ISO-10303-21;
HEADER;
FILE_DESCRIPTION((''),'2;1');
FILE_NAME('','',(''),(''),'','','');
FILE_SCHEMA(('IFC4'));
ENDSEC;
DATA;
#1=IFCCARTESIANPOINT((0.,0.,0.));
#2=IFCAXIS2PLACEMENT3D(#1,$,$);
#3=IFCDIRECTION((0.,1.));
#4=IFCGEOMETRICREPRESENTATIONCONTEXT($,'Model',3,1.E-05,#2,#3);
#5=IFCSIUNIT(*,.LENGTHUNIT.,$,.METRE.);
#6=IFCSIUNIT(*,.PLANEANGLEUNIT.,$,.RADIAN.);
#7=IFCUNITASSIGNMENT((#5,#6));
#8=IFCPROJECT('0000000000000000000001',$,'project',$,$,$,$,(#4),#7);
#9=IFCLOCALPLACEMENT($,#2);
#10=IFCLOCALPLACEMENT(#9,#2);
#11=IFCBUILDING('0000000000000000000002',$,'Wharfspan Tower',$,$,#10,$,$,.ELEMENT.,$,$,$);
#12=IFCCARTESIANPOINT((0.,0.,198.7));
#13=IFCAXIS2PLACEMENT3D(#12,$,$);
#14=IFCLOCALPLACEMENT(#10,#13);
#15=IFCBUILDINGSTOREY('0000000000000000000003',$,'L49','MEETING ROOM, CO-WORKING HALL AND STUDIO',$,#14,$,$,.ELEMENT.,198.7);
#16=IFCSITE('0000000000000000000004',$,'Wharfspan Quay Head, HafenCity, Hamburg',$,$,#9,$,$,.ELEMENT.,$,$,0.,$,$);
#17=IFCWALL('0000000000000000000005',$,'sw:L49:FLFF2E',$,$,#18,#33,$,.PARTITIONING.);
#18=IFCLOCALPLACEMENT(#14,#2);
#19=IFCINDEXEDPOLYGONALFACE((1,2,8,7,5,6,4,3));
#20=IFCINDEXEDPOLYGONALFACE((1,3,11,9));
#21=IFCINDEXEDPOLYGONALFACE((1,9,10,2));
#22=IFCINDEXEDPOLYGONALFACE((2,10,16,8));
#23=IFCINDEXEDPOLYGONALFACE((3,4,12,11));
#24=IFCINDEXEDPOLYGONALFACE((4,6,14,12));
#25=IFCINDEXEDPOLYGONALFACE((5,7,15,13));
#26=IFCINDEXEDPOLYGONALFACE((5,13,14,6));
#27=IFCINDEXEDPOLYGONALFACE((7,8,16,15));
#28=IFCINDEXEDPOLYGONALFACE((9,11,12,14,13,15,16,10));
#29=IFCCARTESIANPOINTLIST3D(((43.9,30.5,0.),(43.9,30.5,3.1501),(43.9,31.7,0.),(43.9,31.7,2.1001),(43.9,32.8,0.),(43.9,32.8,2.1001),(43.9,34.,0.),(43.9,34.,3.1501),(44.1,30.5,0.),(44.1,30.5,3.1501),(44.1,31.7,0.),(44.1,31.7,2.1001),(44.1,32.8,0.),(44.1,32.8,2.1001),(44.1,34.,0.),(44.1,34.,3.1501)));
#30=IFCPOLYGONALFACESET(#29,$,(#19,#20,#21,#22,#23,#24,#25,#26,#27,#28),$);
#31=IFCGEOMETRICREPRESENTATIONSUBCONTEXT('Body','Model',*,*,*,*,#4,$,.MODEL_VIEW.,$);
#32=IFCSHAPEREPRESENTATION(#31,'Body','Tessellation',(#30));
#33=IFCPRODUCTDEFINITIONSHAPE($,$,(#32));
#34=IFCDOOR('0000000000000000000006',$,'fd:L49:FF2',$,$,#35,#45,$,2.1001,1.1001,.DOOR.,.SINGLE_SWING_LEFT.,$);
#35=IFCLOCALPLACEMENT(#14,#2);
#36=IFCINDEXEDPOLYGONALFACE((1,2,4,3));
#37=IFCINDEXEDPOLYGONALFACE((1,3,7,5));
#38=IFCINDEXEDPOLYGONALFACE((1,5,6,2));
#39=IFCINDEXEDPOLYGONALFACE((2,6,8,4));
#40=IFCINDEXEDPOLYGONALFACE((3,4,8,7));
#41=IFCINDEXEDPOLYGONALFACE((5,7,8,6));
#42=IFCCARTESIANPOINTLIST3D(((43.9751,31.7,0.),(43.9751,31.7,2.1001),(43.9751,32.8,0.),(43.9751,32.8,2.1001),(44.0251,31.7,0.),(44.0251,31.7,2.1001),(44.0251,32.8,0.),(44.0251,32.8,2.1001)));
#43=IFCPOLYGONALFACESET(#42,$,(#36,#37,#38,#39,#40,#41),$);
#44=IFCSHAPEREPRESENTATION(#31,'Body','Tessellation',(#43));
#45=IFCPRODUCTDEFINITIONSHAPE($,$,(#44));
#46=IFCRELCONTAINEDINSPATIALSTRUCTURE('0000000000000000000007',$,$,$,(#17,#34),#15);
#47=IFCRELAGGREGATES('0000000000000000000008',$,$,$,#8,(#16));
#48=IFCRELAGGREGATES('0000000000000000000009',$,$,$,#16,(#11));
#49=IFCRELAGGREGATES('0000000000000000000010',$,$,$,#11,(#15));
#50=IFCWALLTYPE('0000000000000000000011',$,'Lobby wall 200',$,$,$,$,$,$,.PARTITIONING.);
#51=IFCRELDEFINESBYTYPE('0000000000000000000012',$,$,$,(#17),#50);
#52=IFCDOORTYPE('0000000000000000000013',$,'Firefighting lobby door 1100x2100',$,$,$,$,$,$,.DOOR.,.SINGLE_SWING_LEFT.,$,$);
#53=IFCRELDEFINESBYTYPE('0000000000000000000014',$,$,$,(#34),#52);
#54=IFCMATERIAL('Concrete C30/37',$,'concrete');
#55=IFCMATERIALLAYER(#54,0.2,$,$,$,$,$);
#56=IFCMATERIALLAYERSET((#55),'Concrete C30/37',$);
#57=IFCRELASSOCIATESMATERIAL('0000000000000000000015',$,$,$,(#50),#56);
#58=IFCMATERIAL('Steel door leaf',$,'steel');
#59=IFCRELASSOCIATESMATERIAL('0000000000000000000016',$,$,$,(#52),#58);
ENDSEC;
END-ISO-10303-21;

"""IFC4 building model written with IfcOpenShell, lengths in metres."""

from ifc_helpers import new_model, si_unit, direction, frame, frame_2d, origin, place, context, subcontext, project, spatial, rectangle, extrude, material, layer, layer_set, type_object, element, fill, save


model = new_model("IFC4")

# Units and contexts
model_context = context("Model", 3, precision=1e-05, world=origin(), true_north=direction((0.0, 1.0)))
body_context = subcontext(model_context, "Body", "Model", "MODEL_VIEW")
ifc_project = project(units=[si_unit("LENGTHUNIT", "METRE"), si_unit("PLANEANGLEUNIT", "RADIAN")], contexts=[model_context])

# Site, building, storey
site_placement = place(None, origin())
site = spatial("IfcSite", under=ifc_project, at=site_placement, Name="Wharfspan Quay Head, HafenCity, Hamburg", CompositionType="ELEMENT", RefElevation=0.0)
building_placement = place(site_placement, origin())
building = spatial("IfcBuilding", under=site, at=building_placement, Name="Wharfspan Tower", CompositionType="ELEMENT")
storey_placement = place(building_placement, frame((0.0, 0.0, 198.7)))
storey = spatial("IfcBuildingStorey", under=building, at=storey_placement, Name="L49", Description="MEETING ROOM, CO-WORKING HALL AND STUDIO", CompositionType="ELEMENT", Elevation=198.7)

# Shared definitions
ifc_material_1 = material(Name="Steel door leaf", Category="steel")

# Wall, opening, door
ifc_material_2 = material(Name="Concrete C30/37", Category="concrete")
ifc_layer_1 = layer(ifc_material_2, 0.2)
ifc_layer_set_1 = layer_set([ifc_layer_1], Name="Concrete C30/37")
wall_type_1 = type_object("IfcWallType", Name="Lobby wall 200", PredefinedType="PARTITIONING", material=ifc_layer_set_1)
wall_1_placement = place(storey_placement, frame((44.0, 30.5, 0.0), z_axis=(0.0, 0.0, 1.0), x_axis=(0.0, 1.0, 0.0)))
wall_1 = element("IfcWall", 1, at=wall_1_placement, inside=storey, type_object=wall_type_1, Name="sw:L49:FLFF2E", PredefinedType="PARTITIONING", context=body_context, shape_type="SweptSolid", body=[
    extrude(rectangle(XDim=3.5, YDim=0.2, at=frame_2d((1.75, 0.0))), origin(), (0.0, 0.0, 1.0), 3.1501),
])
opening_1_placement = place(wall_1_placement, frame((1.2, 0.0, 0.0)))
opening_1 = element("IfcOpeningElement", 2, at=opening_1_placement, cuts=wall_1, PredefinedType="OPENING", context=body_context, shape_type="SweptSolid", body=[
    extrude(rectangle(XDim=1.1001, YDim=2.1001, at=frame_2d((0.55, 1.05))), frame((0.0, 0.1099, 0.0), z_axis=(0.0, -1.0, 0.0), x_axis=(1.0, 0.0, 0.0)), (0.0, 0.0, 1.0), 0.22),
])
door_type_1 = type_object("IfcDoorType", Name="Firefighting lobby door 1100x2100", OperationType="SINGLE_SWING_LEFT", PredefinedType="DOOR", material=ifc_material_1)
door_1_placement = place(opening_1_placement, origin())
door_1 = element("IfcDoor", 3, at=door_1_placement, inside=storey, type_object=door_type_1, Name="fd:L49:FF2", OperationType="SINGLE_SWING_LEFT", OverallHeight=2.1001, OverallWidth=1.1001, PredefinedType="DOOR", context=body_context, shape_type="SweptSolid", body=[
    extrude(rectangle(XDim=1.1001, YDim=2.1001, at=frame_2d((0.55, 1.05))), frame((0.0, 0.0249, 0.0), z_axis=(0.0, -1.0, 0.0), x_axis=(1.0, 0.0, 0.0)), (0.0, 0.0, 1.0), 0.05),
])
fill(opening_1, door_1)

save(model, "model.ifc")
